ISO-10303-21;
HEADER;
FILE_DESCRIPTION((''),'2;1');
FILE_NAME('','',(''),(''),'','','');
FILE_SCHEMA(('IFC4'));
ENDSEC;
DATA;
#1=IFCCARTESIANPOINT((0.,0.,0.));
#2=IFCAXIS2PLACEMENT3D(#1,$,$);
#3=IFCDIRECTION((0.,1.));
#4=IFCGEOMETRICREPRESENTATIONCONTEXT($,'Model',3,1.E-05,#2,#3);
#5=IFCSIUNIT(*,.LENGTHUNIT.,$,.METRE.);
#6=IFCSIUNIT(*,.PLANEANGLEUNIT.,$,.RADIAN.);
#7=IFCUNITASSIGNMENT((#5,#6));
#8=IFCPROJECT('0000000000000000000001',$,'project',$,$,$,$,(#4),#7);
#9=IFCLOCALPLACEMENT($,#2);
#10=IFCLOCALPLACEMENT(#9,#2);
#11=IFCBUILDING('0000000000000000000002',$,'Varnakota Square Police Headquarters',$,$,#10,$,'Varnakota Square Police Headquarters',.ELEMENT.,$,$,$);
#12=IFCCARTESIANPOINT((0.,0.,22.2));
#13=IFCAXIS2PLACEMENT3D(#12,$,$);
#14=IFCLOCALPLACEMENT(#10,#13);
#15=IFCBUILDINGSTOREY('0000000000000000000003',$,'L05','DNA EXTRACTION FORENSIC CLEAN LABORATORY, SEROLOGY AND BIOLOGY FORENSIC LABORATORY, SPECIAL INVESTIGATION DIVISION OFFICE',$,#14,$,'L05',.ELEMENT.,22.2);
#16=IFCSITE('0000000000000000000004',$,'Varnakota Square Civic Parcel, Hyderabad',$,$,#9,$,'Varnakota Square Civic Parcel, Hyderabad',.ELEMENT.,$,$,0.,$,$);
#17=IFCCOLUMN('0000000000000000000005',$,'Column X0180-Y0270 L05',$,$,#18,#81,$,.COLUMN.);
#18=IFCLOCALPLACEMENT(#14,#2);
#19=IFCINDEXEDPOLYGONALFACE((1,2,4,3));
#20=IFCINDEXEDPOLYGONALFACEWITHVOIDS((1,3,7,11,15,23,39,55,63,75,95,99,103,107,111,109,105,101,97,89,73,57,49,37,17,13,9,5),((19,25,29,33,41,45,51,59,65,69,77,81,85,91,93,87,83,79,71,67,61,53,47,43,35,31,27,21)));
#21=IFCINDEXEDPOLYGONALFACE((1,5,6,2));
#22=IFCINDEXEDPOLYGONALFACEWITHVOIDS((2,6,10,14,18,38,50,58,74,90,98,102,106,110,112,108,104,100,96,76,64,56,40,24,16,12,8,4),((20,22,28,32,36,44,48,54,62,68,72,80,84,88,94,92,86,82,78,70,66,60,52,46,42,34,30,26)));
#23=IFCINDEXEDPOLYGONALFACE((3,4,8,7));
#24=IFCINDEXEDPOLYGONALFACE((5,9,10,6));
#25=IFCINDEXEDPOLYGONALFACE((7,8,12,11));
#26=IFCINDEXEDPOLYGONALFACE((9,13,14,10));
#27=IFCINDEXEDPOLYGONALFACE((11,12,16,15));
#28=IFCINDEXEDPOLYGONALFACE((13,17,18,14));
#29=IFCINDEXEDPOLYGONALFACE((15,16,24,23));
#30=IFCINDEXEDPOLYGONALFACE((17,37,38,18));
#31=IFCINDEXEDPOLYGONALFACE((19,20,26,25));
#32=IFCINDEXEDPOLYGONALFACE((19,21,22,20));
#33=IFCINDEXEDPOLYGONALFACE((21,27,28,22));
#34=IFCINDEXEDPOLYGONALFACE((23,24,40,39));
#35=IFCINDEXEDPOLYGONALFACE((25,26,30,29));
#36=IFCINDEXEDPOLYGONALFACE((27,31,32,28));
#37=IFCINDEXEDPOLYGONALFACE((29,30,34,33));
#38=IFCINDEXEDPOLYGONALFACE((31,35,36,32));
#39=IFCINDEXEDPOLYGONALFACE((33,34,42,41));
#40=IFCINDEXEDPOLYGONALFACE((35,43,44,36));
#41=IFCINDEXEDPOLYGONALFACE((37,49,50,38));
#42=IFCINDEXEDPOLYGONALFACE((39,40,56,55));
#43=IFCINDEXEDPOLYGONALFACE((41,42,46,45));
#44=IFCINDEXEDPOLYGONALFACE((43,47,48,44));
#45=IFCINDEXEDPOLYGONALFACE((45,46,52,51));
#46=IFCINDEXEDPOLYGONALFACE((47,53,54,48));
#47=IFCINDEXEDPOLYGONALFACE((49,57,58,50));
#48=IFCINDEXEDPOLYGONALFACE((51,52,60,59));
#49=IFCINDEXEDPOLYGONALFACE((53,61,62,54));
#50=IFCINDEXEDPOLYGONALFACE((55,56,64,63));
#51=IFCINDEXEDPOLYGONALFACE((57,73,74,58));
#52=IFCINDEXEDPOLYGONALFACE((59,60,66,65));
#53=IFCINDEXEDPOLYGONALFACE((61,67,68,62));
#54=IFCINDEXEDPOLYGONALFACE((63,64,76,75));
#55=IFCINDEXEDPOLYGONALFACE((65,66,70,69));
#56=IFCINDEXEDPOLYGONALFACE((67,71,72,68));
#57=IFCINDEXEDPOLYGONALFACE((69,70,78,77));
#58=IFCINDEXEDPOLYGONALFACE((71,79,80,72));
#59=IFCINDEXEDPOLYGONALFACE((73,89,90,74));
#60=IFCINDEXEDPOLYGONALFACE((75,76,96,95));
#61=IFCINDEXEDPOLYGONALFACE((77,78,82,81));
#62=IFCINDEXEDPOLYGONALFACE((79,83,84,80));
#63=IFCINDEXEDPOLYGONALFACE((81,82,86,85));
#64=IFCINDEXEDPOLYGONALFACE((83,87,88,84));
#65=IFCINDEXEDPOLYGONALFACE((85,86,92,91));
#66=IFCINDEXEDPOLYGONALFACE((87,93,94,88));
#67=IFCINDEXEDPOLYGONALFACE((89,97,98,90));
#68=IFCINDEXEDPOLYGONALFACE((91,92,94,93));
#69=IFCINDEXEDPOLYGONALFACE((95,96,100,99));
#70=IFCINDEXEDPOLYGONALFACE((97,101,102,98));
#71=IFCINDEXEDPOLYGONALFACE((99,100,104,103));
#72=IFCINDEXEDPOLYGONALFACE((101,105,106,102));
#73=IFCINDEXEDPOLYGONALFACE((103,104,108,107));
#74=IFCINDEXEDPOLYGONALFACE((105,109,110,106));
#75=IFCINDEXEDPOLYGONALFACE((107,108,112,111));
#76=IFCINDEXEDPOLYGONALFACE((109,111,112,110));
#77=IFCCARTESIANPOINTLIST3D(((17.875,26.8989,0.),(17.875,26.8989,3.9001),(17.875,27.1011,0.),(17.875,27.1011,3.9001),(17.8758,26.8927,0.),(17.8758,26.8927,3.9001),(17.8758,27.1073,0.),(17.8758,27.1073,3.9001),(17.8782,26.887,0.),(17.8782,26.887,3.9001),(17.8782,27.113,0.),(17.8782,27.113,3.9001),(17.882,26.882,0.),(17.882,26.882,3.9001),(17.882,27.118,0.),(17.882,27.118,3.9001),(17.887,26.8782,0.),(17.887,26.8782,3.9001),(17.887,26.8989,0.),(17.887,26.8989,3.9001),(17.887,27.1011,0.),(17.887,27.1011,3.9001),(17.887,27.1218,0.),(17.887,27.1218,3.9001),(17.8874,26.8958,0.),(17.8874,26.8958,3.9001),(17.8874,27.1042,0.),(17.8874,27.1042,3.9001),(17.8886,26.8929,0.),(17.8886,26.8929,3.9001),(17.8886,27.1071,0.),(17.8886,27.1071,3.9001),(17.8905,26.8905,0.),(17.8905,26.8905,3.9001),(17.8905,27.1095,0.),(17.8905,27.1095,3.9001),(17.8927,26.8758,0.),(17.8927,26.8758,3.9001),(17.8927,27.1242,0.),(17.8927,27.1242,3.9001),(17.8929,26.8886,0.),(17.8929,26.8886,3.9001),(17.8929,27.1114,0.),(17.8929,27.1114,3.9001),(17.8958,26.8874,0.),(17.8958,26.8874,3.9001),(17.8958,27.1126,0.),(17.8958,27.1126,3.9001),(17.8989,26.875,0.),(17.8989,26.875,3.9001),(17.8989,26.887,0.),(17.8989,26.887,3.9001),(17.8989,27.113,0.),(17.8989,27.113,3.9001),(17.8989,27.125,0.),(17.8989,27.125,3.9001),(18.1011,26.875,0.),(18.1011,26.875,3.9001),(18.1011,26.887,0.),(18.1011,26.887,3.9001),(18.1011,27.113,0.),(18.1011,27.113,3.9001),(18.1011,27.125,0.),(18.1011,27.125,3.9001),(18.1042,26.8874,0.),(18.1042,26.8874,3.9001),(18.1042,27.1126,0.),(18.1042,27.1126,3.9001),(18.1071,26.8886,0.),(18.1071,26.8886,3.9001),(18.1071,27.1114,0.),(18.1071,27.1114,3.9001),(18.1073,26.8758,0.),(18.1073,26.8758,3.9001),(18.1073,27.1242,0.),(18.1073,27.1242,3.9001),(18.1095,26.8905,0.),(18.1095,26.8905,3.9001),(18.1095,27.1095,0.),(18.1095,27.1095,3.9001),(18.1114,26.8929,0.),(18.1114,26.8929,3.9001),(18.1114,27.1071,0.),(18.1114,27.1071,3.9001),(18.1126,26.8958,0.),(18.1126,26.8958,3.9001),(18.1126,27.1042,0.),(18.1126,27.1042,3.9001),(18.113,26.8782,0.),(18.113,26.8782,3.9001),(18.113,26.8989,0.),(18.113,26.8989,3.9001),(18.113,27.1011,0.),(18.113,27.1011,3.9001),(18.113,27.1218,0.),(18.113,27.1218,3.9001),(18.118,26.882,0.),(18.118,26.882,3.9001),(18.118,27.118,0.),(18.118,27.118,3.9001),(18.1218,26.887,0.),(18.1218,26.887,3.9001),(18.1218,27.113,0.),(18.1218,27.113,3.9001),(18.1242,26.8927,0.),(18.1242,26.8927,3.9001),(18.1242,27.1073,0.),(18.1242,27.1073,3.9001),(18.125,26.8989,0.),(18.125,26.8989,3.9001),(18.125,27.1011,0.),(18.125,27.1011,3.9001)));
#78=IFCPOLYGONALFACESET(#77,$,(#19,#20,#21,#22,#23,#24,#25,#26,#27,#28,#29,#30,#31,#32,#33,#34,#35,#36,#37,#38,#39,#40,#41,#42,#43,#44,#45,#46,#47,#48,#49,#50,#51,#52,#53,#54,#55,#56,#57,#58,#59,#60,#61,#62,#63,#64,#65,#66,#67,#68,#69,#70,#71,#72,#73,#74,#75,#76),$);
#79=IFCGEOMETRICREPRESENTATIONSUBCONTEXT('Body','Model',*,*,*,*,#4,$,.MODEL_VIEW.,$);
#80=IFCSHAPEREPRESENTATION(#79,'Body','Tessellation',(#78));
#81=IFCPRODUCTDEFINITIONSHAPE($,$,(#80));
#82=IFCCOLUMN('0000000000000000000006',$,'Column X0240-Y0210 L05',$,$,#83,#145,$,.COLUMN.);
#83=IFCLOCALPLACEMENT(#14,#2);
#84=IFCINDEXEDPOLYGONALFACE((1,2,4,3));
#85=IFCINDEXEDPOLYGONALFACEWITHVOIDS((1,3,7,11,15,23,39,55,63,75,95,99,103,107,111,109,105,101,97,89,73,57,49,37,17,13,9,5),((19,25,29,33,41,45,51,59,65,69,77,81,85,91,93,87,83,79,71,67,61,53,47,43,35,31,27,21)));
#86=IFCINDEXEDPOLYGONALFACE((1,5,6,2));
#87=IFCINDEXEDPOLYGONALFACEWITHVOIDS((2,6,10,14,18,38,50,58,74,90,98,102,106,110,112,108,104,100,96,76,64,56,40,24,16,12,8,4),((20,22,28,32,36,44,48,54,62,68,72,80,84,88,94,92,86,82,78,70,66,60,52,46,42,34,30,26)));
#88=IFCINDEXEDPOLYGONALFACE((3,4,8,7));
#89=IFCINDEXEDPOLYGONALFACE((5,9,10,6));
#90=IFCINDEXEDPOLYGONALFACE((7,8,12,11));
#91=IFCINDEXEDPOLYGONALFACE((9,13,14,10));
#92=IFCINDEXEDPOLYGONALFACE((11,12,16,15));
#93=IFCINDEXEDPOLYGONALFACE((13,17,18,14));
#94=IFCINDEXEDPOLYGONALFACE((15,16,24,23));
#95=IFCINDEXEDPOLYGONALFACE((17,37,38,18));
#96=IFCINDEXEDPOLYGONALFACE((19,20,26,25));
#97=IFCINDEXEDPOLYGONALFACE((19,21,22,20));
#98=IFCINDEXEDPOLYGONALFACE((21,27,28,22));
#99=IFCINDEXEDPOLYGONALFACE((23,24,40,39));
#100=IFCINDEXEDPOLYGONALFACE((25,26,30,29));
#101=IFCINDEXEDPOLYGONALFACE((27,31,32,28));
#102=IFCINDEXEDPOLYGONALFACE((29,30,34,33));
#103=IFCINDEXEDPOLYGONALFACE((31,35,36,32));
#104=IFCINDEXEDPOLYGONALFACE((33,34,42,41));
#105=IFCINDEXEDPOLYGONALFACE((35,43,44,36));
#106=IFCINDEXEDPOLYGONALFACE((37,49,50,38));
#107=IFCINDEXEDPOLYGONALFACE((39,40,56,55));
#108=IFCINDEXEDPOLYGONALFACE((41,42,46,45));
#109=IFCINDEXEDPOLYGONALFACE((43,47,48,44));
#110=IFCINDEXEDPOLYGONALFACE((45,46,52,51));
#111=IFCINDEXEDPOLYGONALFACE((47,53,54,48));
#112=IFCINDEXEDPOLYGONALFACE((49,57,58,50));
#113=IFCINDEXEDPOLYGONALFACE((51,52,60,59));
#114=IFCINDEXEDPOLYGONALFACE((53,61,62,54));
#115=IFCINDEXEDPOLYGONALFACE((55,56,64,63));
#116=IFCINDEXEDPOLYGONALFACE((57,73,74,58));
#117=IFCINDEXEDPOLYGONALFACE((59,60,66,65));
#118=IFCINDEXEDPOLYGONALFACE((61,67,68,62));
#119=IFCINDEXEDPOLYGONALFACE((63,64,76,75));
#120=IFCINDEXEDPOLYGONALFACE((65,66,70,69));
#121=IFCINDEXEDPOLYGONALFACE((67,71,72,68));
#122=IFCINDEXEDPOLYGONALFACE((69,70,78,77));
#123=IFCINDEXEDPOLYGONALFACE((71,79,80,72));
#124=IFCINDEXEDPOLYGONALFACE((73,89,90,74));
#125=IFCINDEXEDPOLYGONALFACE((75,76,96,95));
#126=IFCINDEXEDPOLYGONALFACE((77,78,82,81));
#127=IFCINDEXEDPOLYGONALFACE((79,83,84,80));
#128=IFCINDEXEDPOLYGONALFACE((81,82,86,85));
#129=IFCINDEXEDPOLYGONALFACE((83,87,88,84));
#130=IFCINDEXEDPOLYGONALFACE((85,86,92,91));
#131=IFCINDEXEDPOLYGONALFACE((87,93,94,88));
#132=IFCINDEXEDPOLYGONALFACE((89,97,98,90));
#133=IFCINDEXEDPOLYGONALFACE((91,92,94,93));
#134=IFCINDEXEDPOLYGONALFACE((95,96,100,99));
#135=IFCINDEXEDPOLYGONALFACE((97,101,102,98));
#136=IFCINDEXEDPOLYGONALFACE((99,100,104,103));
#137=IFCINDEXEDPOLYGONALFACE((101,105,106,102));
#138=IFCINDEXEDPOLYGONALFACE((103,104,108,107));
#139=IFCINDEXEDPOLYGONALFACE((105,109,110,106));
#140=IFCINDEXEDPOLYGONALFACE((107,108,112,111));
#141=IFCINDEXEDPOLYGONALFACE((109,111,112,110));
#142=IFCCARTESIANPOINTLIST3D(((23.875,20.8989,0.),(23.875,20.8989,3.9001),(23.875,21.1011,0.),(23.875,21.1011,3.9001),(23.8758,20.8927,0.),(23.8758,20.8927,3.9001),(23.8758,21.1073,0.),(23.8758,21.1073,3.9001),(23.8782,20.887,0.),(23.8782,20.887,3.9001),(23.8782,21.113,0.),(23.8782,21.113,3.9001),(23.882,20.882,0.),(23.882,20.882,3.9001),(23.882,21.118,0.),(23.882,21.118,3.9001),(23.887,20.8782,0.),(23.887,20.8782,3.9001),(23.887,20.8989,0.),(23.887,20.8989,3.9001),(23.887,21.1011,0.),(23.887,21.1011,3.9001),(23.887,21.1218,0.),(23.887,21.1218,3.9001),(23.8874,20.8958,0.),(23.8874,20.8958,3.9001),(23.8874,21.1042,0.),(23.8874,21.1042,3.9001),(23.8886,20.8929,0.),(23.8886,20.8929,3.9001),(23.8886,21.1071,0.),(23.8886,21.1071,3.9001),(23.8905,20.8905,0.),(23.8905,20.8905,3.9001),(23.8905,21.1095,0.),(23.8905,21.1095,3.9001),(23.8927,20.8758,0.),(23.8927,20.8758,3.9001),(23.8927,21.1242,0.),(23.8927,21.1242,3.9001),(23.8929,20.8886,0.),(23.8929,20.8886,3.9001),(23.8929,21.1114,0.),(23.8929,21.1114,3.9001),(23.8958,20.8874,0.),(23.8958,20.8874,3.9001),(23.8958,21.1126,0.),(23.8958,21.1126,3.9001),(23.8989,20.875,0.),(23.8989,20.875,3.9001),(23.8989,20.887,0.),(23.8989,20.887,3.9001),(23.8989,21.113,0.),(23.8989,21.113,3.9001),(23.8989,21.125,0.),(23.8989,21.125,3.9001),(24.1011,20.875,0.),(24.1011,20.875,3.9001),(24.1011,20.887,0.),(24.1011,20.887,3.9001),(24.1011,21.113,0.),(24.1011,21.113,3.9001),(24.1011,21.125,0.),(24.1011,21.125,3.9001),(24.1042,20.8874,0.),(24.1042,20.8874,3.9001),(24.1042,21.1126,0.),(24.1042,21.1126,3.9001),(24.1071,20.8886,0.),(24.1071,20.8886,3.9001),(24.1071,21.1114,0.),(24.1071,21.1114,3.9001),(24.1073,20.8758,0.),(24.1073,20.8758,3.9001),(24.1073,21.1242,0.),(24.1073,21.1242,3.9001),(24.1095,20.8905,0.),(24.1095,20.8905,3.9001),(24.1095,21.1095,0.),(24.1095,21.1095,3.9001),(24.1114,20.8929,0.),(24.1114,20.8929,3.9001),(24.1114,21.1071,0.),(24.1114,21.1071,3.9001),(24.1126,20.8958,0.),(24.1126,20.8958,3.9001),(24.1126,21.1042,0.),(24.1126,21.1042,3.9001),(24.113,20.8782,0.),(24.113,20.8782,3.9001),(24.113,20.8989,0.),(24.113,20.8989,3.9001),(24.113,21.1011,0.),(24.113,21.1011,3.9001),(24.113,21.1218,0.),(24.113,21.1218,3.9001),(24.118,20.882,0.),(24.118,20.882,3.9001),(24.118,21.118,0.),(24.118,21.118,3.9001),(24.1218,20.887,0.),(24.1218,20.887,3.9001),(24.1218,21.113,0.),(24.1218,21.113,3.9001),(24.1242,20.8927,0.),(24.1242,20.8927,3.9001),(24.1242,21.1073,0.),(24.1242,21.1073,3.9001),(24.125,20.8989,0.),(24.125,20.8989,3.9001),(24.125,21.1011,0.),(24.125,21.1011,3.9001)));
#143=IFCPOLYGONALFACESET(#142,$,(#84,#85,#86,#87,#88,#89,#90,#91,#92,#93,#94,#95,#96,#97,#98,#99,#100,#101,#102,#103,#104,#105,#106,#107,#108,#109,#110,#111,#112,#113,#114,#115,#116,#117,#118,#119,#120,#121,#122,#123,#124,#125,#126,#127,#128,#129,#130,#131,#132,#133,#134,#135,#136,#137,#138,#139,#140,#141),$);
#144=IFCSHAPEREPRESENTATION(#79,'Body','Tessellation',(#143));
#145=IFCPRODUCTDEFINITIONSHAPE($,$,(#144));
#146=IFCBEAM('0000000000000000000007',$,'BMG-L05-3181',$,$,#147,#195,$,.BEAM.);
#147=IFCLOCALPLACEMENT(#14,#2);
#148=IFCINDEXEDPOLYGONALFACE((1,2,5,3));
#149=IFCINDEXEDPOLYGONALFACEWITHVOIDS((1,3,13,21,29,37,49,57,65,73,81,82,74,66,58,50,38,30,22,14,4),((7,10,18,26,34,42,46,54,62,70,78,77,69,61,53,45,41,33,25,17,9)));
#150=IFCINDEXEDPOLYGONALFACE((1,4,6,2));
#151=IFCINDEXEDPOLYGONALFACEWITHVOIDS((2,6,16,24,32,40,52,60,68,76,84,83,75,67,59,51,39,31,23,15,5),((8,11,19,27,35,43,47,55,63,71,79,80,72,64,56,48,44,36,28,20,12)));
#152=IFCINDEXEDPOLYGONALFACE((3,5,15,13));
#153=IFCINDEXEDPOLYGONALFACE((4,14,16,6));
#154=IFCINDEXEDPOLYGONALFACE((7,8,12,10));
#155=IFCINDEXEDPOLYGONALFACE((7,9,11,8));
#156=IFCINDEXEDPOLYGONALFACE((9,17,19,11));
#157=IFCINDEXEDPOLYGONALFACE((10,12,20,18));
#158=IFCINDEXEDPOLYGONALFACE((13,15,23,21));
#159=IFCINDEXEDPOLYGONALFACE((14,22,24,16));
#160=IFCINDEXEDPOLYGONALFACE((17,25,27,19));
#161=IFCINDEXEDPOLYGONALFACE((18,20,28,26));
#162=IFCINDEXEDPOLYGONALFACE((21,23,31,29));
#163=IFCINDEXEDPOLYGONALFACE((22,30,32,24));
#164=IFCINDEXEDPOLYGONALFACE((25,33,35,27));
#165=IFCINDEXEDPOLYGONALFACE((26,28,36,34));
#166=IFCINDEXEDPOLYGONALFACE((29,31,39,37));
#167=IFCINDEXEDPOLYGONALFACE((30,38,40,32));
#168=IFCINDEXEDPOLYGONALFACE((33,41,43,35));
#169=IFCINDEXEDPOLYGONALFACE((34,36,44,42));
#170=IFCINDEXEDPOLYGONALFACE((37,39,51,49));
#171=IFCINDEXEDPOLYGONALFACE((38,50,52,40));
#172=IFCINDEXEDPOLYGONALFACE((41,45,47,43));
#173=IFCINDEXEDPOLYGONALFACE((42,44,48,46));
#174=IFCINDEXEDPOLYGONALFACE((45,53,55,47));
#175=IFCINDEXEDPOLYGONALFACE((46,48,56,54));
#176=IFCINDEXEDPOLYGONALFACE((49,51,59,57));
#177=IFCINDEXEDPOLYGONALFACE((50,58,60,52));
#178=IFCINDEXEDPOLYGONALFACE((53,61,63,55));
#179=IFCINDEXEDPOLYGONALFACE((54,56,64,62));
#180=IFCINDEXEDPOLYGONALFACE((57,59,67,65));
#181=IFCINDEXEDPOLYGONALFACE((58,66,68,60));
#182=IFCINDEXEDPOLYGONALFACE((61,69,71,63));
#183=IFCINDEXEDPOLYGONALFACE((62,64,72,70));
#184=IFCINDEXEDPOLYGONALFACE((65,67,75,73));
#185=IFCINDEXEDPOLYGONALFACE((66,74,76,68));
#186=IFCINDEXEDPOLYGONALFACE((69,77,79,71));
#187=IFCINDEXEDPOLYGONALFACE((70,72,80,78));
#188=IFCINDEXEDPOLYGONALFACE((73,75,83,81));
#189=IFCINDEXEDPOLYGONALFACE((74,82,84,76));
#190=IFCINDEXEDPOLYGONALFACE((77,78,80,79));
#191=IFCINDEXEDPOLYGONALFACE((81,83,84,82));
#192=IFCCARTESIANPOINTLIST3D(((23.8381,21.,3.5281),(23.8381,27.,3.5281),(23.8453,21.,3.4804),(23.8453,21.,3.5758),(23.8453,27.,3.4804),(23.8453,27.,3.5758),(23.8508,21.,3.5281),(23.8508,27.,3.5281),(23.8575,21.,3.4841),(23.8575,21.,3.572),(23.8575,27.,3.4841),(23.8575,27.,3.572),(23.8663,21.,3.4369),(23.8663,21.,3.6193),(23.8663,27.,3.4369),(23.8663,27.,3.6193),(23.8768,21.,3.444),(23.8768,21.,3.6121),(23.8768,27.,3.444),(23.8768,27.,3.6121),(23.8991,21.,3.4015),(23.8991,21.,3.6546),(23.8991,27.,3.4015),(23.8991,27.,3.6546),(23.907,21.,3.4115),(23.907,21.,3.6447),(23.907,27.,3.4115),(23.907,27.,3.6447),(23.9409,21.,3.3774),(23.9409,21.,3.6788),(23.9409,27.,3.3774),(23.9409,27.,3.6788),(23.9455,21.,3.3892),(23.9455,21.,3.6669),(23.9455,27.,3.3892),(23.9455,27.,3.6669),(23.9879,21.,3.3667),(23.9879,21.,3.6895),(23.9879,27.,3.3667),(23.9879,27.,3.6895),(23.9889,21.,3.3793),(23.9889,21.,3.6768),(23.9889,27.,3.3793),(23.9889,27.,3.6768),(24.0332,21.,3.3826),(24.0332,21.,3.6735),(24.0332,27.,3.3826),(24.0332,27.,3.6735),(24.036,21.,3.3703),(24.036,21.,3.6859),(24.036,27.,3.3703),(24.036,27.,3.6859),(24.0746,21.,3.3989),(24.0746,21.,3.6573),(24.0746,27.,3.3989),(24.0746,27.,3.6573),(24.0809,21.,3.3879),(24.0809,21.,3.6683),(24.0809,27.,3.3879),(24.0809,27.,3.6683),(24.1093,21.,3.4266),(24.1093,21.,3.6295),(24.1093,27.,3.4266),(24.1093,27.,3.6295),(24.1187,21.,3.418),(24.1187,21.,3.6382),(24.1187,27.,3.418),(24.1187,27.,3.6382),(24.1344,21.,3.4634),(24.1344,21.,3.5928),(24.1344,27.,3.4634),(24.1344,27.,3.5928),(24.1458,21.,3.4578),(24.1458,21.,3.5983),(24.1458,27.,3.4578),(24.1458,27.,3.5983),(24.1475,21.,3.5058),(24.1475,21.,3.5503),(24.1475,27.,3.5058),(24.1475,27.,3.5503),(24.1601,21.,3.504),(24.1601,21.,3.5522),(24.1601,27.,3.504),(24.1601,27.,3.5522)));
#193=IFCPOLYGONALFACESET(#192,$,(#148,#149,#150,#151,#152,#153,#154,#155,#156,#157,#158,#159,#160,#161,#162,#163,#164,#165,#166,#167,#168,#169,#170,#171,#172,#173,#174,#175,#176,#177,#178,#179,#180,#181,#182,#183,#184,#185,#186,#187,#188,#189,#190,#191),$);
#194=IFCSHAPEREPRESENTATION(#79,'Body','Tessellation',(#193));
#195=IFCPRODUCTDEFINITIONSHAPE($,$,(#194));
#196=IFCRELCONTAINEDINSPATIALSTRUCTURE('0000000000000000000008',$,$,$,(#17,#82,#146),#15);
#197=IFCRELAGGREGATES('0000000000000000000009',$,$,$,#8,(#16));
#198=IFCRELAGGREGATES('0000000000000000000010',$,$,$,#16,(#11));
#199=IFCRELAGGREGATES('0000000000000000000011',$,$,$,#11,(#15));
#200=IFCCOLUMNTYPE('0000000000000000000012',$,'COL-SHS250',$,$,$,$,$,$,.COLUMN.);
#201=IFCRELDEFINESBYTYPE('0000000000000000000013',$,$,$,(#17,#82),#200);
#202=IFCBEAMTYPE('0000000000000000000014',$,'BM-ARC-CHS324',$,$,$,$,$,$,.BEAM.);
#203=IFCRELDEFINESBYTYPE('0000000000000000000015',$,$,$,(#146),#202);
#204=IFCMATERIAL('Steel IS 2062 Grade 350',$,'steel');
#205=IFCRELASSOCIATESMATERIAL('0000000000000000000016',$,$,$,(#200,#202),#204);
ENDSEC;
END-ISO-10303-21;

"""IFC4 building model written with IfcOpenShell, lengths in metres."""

from ifc_helpers import new_model, si_unit, direction, frame, origin, origin_2d, place, context, subcontext, project, spatial, hollow_rectangle, hollow_circle, extrude, material, material_profile, profile_set, type_object, element, save


model = new_model("IFC4")

# Units and contexts
model_context = context("Model", 3, precision=1e-05, world=origin(), true_north=direction((0.0, 1.0)))
body_context = subcontext(model_context, "Body", "Model", "MODEL_VIEW")
ifc_project = project(units=[si_unit("LENGTHUNIT", "METRE"), si_unit("PLANEANGLEUNIT", "RADIAN")], contexts=[model_context])

# Site, building, storey
site_placement = place(None, origin())
site = spatial("IfcSite", under=ifc_project, at=site_placement, Name="Varnakota Square Civic Parcel, Hyderabad", LongName="Varnakota Square Civic Parcel, Hyderabad", CompositionType="ELEMENT", RefElevation=0.0)
building_placement = place(site_placement, origin())
building = spatial("IfcBuilding", under=site, at=building_placement, Name="Varnakota Square Police Headquarters", LongName="Varnakota Square Police Headquarters", CompositionType="ELEMENT")
storey_placement = place(building_placement, frame((0.0, 0.0, 22.2)))
storey = spatial("IfcBuildingStorey", under=building, at=storey_placement, Name="L05", Description="DNA EXTRACTION FORENSIC CLEAN LABORATORY, SEROLOGY AND BIOLOGY FORENSIC LABORATORY, SPECIAL INVESTIGATION DIVISION OFFICE", LongName="L05", CompositionType="ELEMENT", Elevation=22.2)

# Columns
ifc_material_1 = material(Name="Steel IS 2062 Grade 350", Category="steel")
ifc_material_profile_1 = material_profile(ifc_material_1, hollow_rectangle(XDim=0.25, YDim=0.25, WallThickness=0.012, InnerFilletRadius=0.012, OuterFilletRadius=0.0239, at=origin_2d()), Name="SHS 250x250x12")
ifc_profile_set_1 = profile_set([ifc_material_profile_1], Name="Steel IS 2062 Grade 350")
column_type_1 = type_object("IfcColumnType", Name="COL-SHS250", PredefinedType="COLUMN", material=ifc_profile_set_1)
for number, where, z_axis, x_axis, name in (
    (1, (18.0, 27.0, 0.0), (0.0, 0.0, 1.0), (1.0, 0.0, 0.0), "Column X0180-Y0270 L05"),
    (2, (24.0, 21.0, 0.0), (0.0, 0.0, 1.0), (1.0, 0.0, 0.0), "Column X0240-Y0210 L05"),
):
    element("IfcColumn", number, at=place(storey_placement, frame(where, z_axis=z_axis, x_axis=x_axis)), inside=storey, type_object=column_type_1, Name=name, PredefinedType="COLUMN", context=body_context, shape_type="SweptSolid", body=[
        extrude(hollow_rectangle(XDim=0.25, YDim=0.25, WallThickness=0.012, InnerFilletRadius=0.012, OuterFilletRadius=0.0239, at=origin_2d()), origin(), (0.0, 0.0, 1.0), 3.9001),
    ])

# Beam
ifc_material_profile_2 = material_profile(ifc_material_1, hollow_circle(Radius=0.1619, WallThickness=0.0127, at=origin_2d()), Name="CHS 323.9x12.7")
ifc_profile_set_2 = profile_set([ifc_material_profile_2], Name="Steel IS 2062 Grade 350")
beam_type_1 = type_object("IfcBeamType", Name="BM-ARC-CHS324", PredefinedType="BEAM", material=ifc_profile_set_2)
beam_1_placement = place(storey_placement, frame((24.0, 21.0, 3.5281), z_axis=(0.0, 1.0, 0.0), x_axis=(-1.0, 0.0, 0.0)))
element("IfcBeam", 3, at=beam_1_placement, inside=storey, type_object=beam_type_1, Name="BMG-L05-3181", PredefinedType="BEAM", context=body_context, shape_type="SweptSolid", body=[
    extrude(hollow_circle(Radius=0.1619, WallThickness=0.0127, at=origin_2d()), origin(), (0.0, 0.0, 1.0), 6.0),
])

save(model, "model.ifc")
